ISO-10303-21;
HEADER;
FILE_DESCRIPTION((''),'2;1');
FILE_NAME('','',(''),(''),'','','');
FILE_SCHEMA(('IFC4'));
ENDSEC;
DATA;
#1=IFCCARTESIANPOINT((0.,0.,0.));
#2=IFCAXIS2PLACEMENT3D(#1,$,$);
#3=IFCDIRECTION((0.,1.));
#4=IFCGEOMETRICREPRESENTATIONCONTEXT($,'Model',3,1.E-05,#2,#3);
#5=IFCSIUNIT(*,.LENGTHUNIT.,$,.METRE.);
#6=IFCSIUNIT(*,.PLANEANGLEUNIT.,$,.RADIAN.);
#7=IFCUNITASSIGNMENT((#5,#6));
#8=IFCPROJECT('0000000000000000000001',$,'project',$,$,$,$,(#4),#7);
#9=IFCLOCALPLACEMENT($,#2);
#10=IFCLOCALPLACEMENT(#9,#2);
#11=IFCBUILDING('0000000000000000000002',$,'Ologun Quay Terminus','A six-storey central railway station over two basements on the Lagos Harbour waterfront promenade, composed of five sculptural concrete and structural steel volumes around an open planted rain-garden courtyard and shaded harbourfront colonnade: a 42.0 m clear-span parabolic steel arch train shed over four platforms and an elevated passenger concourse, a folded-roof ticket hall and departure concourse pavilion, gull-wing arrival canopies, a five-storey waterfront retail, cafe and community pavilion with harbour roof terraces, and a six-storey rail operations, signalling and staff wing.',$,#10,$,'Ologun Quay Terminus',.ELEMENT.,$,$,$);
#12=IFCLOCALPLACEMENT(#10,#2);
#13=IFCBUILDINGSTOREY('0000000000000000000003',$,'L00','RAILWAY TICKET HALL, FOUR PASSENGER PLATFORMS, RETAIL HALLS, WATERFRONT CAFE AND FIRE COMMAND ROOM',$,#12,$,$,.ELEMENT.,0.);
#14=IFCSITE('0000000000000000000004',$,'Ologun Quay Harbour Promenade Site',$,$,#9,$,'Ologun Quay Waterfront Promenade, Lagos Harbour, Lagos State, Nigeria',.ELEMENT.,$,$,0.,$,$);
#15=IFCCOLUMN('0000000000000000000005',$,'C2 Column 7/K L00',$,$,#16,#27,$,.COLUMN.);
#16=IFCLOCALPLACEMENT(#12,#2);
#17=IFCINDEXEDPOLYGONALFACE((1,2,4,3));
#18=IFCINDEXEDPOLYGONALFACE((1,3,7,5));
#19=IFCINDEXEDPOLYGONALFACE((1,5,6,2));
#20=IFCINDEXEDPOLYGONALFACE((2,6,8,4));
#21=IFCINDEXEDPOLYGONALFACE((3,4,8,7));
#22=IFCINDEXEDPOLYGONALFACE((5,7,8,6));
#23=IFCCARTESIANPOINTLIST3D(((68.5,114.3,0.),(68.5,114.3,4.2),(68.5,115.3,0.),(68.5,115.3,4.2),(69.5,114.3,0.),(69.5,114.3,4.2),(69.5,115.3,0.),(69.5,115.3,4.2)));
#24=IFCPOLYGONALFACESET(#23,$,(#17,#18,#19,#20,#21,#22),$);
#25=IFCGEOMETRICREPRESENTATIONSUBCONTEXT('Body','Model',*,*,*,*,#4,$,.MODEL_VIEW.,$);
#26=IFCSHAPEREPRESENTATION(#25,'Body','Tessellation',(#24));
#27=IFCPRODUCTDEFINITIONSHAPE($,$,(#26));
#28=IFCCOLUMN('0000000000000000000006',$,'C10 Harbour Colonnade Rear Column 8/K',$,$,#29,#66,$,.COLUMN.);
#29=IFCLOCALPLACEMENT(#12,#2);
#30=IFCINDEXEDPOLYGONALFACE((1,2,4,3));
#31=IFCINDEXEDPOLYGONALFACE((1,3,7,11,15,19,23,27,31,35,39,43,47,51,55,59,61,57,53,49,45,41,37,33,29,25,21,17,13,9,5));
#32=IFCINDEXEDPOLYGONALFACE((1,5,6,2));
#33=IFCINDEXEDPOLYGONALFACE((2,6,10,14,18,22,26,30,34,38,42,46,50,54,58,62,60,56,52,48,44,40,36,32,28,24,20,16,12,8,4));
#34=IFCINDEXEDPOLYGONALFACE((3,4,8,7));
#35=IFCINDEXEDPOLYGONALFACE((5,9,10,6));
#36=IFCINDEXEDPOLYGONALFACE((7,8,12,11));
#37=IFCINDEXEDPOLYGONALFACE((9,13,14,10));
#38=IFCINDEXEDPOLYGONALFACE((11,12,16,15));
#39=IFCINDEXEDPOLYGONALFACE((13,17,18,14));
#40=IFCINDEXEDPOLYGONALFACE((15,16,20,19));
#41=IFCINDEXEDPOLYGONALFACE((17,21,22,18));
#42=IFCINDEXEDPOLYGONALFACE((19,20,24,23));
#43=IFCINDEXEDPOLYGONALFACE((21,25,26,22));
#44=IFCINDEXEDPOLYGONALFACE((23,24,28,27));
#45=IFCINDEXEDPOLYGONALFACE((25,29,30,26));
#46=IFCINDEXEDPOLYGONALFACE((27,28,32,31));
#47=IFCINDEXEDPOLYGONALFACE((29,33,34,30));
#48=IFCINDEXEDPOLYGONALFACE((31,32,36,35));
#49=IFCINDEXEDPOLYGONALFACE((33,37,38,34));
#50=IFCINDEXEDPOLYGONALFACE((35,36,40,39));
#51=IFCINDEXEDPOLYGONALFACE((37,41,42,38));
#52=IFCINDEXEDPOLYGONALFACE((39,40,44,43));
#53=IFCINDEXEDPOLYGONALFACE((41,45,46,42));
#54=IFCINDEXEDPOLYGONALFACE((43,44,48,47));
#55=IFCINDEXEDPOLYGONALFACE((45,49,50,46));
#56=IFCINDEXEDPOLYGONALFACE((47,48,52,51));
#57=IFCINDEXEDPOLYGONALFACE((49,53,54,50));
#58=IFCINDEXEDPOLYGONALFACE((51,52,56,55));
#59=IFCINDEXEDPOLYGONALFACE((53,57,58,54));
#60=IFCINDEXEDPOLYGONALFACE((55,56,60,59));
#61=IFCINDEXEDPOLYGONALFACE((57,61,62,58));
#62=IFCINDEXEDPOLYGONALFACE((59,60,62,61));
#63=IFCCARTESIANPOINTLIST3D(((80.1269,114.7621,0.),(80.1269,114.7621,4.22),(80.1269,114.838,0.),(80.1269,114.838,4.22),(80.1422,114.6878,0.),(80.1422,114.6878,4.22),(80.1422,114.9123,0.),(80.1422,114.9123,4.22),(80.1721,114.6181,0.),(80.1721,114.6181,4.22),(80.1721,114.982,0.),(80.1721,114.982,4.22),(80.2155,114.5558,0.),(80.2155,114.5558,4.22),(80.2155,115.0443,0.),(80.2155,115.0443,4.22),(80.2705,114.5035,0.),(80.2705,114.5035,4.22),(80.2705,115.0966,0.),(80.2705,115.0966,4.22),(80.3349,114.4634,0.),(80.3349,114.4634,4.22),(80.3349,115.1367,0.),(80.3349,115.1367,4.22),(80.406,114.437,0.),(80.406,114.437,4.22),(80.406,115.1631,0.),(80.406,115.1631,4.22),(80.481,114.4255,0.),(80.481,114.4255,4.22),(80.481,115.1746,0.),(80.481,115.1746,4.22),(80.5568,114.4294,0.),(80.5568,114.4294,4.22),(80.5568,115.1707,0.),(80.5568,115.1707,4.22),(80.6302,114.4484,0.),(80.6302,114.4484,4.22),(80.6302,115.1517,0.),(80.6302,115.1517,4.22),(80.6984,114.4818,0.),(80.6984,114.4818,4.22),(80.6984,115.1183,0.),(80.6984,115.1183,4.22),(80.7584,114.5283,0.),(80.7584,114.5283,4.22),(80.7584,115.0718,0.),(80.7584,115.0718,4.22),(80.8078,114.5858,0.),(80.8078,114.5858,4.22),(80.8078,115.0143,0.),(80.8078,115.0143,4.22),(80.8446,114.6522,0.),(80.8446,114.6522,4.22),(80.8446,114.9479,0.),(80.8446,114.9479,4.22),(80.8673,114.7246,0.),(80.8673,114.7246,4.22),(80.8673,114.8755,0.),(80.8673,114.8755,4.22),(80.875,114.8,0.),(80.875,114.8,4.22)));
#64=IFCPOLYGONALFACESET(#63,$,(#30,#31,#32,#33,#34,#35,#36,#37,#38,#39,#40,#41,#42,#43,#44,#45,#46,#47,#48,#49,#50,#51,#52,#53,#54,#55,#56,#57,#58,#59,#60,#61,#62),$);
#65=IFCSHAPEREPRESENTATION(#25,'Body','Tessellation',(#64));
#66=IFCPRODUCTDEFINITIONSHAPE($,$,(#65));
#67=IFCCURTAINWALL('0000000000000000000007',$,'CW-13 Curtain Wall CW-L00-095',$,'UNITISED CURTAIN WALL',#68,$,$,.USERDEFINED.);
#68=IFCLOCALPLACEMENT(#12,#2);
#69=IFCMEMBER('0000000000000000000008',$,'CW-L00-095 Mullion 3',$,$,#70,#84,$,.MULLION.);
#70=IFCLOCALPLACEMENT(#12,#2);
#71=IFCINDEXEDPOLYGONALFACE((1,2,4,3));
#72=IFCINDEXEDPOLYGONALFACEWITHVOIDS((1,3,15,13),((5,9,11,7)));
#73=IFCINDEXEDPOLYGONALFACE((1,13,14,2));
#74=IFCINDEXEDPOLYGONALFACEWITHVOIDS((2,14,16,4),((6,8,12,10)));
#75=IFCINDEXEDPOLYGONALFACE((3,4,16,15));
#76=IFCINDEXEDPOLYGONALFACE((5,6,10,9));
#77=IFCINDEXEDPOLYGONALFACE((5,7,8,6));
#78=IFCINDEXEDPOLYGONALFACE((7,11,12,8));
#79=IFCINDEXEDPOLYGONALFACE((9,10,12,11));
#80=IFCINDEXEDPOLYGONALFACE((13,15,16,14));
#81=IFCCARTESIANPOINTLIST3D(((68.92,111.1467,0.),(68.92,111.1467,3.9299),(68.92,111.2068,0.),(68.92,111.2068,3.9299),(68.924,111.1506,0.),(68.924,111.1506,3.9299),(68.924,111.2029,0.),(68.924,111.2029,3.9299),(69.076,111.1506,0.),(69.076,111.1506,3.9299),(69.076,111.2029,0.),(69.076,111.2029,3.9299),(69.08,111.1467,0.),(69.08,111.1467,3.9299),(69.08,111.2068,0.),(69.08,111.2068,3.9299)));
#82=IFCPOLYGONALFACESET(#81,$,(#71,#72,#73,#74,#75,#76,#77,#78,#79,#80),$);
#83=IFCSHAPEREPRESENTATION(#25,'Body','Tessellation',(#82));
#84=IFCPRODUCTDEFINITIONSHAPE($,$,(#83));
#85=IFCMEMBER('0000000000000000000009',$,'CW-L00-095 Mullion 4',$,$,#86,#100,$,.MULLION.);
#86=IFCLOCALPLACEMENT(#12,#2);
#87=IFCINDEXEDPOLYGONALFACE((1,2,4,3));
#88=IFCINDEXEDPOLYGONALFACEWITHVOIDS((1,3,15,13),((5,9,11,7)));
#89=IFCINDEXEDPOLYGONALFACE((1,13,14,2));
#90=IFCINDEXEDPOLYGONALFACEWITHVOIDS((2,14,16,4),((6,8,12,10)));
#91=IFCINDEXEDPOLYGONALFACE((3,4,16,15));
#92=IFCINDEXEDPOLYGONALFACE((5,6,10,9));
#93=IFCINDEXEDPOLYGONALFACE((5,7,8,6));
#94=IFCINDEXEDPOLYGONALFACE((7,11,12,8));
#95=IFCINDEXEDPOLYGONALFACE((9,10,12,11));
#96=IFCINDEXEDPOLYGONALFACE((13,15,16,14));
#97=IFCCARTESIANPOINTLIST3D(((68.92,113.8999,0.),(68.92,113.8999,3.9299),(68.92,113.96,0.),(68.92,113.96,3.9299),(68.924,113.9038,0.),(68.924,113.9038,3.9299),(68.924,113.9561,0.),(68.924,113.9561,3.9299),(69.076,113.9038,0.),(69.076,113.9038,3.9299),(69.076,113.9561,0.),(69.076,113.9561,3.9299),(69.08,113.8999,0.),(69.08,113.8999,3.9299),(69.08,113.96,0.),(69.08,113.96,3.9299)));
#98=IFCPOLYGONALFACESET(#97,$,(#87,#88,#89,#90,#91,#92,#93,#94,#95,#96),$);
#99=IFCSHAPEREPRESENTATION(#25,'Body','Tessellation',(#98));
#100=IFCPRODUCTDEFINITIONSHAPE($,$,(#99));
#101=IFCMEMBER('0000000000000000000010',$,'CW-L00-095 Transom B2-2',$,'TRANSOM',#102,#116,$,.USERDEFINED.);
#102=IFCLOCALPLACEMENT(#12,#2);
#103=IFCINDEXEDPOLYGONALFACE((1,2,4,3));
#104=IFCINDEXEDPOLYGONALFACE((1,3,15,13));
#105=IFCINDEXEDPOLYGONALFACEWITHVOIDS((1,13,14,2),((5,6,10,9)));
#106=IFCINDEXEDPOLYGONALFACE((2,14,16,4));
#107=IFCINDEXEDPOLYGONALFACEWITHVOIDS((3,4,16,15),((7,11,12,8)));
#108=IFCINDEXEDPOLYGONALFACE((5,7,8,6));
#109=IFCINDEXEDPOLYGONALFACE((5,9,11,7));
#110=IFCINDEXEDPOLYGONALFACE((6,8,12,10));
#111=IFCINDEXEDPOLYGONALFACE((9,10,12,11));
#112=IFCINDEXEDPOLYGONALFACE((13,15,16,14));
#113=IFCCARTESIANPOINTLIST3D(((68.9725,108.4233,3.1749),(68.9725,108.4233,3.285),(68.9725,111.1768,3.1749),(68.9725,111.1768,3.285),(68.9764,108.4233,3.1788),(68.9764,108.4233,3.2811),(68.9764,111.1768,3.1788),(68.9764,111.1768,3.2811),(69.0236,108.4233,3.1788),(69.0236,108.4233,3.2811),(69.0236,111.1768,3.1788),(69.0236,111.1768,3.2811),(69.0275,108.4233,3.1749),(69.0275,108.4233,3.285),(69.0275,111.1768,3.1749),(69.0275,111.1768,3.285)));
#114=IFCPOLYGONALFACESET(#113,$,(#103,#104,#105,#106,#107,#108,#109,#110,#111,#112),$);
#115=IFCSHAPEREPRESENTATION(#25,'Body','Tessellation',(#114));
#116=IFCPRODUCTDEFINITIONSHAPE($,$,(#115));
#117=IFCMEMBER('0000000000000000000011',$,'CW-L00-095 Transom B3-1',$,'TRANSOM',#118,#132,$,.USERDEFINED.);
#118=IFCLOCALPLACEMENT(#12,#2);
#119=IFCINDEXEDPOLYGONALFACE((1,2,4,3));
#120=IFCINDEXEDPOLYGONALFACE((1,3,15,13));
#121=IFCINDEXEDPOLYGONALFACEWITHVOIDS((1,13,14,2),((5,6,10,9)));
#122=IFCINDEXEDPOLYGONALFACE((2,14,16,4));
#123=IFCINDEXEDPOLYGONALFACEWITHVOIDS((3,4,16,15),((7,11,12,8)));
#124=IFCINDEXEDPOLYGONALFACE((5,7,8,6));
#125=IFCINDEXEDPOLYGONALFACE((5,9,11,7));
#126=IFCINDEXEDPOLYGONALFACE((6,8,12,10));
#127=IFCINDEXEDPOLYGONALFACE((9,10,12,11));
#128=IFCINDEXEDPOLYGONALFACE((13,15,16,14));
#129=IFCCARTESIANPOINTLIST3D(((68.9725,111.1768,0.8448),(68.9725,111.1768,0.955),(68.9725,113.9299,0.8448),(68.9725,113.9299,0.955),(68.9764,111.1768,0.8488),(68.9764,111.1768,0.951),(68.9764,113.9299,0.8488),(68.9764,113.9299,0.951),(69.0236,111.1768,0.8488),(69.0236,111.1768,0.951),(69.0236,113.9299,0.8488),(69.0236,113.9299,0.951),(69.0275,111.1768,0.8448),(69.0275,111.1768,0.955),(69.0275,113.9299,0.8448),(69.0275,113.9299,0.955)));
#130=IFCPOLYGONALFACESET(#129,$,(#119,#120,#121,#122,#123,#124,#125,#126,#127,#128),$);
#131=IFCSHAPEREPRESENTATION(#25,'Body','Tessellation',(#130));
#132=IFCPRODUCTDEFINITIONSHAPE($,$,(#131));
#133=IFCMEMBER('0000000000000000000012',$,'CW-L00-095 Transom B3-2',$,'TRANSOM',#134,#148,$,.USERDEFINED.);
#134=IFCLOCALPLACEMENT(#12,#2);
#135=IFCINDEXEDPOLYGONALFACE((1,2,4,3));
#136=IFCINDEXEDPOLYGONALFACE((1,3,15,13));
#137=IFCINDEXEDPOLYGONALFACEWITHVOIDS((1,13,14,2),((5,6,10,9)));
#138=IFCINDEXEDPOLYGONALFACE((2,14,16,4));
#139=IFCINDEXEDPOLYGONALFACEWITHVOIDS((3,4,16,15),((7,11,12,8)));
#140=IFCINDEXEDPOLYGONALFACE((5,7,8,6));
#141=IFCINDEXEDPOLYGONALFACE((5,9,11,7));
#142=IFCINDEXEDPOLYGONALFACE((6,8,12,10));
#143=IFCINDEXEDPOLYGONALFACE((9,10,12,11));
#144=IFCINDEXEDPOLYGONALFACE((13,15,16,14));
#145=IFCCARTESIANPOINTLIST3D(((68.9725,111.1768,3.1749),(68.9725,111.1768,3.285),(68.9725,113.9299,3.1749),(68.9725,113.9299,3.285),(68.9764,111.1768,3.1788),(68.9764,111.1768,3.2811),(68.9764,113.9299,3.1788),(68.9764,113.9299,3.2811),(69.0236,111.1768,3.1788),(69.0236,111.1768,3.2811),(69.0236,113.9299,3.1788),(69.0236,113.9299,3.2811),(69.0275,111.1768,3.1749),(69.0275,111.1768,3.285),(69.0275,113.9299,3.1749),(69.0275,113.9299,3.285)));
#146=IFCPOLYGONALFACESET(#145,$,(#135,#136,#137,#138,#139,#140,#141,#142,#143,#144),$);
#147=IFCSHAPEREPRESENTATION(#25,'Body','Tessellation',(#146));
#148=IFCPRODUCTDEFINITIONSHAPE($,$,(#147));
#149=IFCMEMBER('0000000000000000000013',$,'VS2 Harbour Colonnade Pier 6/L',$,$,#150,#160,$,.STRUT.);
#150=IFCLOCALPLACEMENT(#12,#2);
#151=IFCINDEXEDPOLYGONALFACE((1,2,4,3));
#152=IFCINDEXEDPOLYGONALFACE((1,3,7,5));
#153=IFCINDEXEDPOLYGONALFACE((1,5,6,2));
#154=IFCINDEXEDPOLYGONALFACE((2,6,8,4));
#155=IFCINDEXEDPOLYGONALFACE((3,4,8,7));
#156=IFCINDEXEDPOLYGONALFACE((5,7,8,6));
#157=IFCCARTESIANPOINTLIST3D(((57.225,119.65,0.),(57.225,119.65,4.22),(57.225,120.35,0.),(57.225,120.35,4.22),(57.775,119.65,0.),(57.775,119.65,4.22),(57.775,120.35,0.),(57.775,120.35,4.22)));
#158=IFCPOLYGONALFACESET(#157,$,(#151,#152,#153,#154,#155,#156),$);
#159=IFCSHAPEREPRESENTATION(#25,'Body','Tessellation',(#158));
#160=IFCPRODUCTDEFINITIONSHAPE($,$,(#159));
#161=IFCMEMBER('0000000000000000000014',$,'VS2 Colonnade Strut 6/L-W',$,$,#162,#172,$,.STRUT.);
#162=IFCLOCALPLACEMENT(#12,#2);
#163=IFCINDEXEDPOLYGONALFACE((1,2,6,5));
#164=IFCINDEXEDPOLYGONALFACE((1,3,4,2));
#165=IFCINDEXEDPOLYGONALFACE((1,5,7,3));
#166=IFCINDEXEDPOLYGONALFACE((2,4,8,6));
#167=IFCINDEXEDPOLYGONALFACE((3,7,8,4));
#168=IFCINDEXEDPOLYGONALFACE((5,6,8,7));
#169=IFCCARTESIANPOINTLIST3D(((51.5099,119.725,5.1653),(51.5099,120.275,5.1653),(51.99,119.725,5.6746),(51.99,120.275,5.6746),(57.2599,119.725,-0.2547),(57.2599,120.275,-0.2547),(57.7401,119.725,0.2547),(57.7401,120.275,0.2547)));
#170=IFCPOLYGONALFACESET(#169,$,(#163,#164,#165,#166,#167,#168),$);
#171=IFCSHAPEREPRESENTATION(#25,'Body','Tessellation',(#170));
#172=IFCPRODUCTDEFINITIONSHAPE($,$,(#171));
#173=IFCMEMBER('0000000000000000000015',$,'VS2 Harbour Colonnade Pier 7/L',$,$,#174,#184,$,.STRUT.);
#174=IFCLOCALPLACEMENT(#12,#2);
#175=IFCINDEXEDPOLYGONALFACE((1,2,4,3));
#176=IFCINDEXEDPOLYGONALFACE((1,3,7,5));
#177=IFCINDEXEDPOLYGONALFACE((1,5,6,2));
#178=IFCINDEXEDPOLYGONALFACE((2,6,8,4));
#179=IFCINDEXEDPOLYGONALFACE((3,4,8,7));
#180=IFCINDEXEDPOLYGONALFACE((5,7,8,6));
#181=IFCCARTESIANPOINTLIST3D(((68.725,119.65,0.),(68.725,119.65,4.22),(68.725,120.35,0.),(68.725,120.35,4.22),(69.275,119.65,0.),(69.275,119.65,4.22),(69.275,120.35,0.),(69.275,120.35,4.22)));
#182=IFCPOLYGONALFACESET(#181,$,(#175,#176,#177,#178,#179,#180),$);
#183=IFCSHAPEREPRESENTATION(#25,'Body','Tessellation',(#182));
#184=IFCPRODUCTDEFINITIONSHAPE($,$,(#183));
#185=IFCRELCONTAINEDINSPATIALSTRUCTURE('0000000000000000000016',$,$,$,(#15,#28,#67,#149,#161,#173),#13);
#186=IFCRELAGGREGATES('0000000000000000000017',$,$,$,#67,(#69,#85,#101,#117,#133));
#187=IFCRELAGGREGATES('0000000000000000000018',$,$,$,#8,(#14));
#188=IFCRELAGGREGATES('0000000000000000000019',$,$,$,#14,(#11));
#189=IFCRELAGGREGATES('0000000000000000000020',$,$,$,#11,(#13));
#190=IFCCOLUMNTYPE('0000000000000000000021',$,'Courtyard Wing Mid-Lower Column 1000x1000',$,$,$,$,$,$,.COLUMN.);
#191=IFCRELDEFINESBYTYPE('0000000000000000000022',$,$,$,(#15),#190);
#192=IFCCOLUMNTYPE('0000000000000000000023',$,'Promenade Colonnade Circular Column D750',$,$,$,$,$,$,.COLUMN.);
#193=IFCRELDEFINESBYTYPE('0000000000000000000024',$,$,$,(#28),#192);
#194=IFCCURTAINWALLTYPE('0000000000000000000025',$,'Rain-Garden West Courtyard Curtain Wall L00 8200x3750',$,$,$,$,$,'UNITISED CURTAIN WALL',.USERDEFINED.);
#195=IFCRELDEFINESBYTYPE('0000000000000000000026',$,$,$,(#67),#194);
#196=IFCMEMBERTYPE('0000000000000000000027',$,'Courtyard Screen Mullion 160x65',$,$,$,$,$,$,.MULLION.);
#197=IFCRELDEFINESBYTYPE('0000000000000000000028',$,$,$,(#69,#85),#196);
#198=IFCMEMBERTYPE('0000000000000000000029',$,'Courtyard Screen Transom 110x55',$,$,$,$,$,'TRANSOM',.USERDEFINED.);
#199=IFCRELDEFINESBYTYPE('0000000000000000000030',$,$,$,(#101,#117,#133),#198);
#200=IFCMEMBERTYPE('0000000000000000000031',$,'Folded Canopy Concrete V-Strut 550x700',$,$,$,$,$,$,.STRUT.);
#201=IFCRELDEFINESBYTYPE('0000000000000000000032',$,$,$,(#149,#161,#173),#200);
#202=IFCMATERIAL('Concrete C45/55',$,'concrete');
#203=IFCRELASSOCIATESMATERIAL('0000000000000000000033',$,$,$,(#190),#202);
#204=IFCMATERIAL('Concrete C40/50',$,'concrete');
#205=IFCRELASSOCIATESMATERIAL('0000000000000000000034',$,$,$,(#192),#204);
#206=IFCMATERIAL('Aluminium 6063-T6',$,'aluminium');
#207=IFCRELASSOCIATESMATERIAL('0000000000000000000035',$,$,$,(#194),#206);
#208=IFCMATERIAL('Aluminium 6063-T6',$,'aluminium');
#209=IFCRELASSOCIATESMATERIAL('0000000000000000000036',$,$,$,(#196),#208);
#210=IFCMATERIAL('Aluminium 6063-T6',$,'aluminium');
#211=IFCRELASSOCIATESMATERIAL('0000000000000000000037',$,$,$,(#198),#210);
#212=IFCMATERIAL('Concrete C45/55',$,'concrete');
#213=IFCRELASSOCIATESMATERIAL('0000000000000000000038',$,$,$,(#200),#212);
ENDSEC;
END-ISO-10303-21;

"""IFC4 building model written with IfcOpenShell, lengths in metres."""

from ifc_helpers import new_model, si_unit, direction, frame, origin, origin_2d, place, context, subcontext, project, spatial, rectangle, hollow_rectangle, circle, extrude, material, material_profile, profile_set, type_object, element, aggregate, save


model = new_model("IFC4")

# Units and contexts
model_context = context("Model", 3, precision=1e-05, world=origin(), true_north=direction((0.0, 1.0)))
body_context = subcontext(model_context, "Body", "Model", "MODEL_VIEW")
ifc_project = project(units=[si_unit("LENGTHUNIT", "METRE"), si_unit("PLANEANGLEUNIT", "RADIAN")], contexts=[model_context])

# Site, building, storey
site_placement = place(None, origin())
site = spatial("IfcSite", under=ifc_project, at=site_placement, Name="Ologun Quay Harbour Promenade Site", LongName="Ologun Quay Waterfront Promenade, Lagos Harbour, Lagos State, Nigeria", CompositionType="ELEMENT", RefElevation=0.0)
building_placement = place(site_placement, origin())
building = spatial("IfcBuilding", under=site, at=building_placement, Name="Ologun Quay Terminus", Description="A six-storey central railway station over two basements on the Lagos Harbour waterfront promenade, composed of five sculptural concrete and structural steel volumes around an open planted rain-garden courtyard and shaded harbourfront colonnade: a 42.0 m clear-span parabolic steel arch train shed over four platforms and an elevated passenger concourse, a folded-roof ticket hall and departure concourse pavilion, gull-wing arrival canopies, a five-storey waterfront retail, cafe and community pavilion with harbour roof terraces, and a six-storey rail operations, signalling and staff wing.", LongName="Ologun Quay Terminus", CompositionType="ELEMENT")
storey_placement = place(building_placement, origin())
storey = spatial("IfcBuildingStorey", under=building, at=storey_placement, Name="L00", Description="RAILWAY TICKET HALL, FOUR PASSENGER PLATFORMS, RETAIL HALLS, WATERFRONT CAFE AND FIRE COMMAND ROOM", CompositionType="ELEMENT", Elevation=0.0)

# Columns
ifc_material_1 = material(Name="Concrete C45/55", Category="concrete")
ifc_material_profile_1 = material_profile(ifc_material_1, rectangle(XDim=1.0, YDim=1.0, at=origin_2d()), Name="RC 1000x1000")
ifc_profile_set_1 = profile_set([ifc_material_profile_1], Name="Concrete C45/55")
column_type_1 = type_object("IfcColumnType", Name="Courtyard Wing Mid-Lower Column 1000x1000", PredefinedType="COLUMN", material=ifc_profile_set_1)
column_1_placement = place(storey_placement, frame((69.0, 114.8, 0.0), z_axis=(0.0, 0.0, 1.0), x_axis=(1.0, 0.0, 0.0)))
element("IfcColumn", 1, at=column_1_placement, inside=storey, type_object=column_type_1, Name="C2 Column 7/K L00", PredefinedType="COLUMN", context=body_context, shape_type="SweptSolid", body=[
    extrude(rectangle(XDim=1.0, YDim=1.0, at=origin_2d()), origin(), (0.0, 0.0, 1.0), 4.2),
])
ifc_material_2 = material(Name="Concrete C40/50", Category="concrete")
ifc_material_profile_2 = material_profile(ifc_material_2, circle(Radius=0.375, at=origin_2d()), Name="RC D750")
ifc_profile_set_2 = profile_set([ifc_material_profile_2], Name="Concrete C40/50")
column_type_2 = type_object("IfcColumnType", Name="Promenade Colonnade Circular Column D750", PredefinedType="COLUMN", material=ifc_profile_set_2)
column_2_placement = place(storey_placement, frame((80.5, 114.8, 0.0), z_axis=(0.0, 0.0, 1.0), x_axis=(1.0, 0.0, 0.0)))
element("IfcColumn", 2, at=column_2_placement, inside=storey, type_object=column_type_2, Name="C10 Harbour Colonnade Rear Column 8/K", PredefinedType="COLUMN", context=body_context, shape_type="SweptSolid", body=[
    extrude(circle(Radius=0.375, at=origin_2d()), origin(), (0.0, 0.0, 1.0), 4.22),
])

# Curtain wall, members
ifc_material_3 = material(Name="Aluminium 6063-T6", Category="aluminium")
curtain_wall_type = type_object("IfcCurtainWallType", Name="Rain-Garden West Courtyard Curtain Wall L00 8200x3750", ElementType="UNITISED CURTAIN WALL", PredefinedType="USERDEFINED", material=ifc_material_3)
curtain_wall_placement = place(storey_placement, origin())
curtain_wall = element("IfcCurtainWall", 3, at=curtain_wall_placement, inside=storey, type_object=curtain_wall_type, Name="CW-13 Curtain Wall CW-L00-095", ObjectType="UNITISED CURTAIN WALL", PredefinedType="USERDEFINED")
ifc_material_4 = material(Name="Aluminium 6063-T6", Category="aluminium")
ifc_material_profile_3 = material_profile(ifc_material_4, hollow_rectangle(XDim=0.0601, YDim=0.1599, WallThickness=0.0039, at=origin_2d()), Name="ALU 160x60x4")
ifc_profile_set_3 = profile_set([ifc_material_profile_3], Name="Aluminium 6063-T6")
member_type_1 = type_object("IfcMemberType", Name="Courtyard Screen Mullion 160x65", PredefinedType="MULLION", material=ifc_profile_set_3)
member_1_placement = place(storey_placement, frame((69.0, 111.1768, 0.0), z_axis=(0.0, 0.0, 1.0), x_axis=(0.0, 1.0, 0.0)))
member_1 = element("IfcMember", 4, at=member_1_placement, type_object=member_type_1, Name="CW-L00-095 Mullion 3", PredefinedType="MULLION", context=body_context, shape_type="SweptSolid", body=[
    extrude(hollow_rectangle(XDim=0.0601, YDim=0.1599, WallThickness=0.0039, at=origin_2d()), origin(), (0.0, 0.0, 1.0), 3.9299),
])
member_2_placement = place(storey_placement, frame((69.0, 113.9299, 0.0), z_axis=(0.0, 0.0, 1.0), x_axis=(0.0, 1.0, 0.0)))
member_2 = element("IfcMember", 5, at=member_2_placement, type_object=member_type_1, Name="CW-L00-095 Mullion 4", PredefinedType="MULLION", context=body_context, shape_type="SweptSolid", body=[
    extrude(hollow_rectangle(XDim=0.0601, YDim=0.1599, WallThickness=0.0039, at=origin_2d()), origin(), (0.0, 0.0, 1.0), 3.9299),
])
ifc_material_5 = material(Name="Aluminium 6063-T6", Category="aluminium")
ifc_material_profile_4 = material_profile(ifc_material_5, hollow_rectangle(XDim=0.0549, YDim=0.1101, WallThickness=0.0039, at=origin_2d()), Name="ALU 110x55x4")
ifc_profile_set_4 = profile_set([ifc_material_profile_4], Name="Aluminium 6063-T6")
member_type_2 = type_object("IfcMemberType", Name="Courtyard Screen Transom 110x55", ElementType="TRANSOM", PredefinedType="USERDEFINED", material=ifc_profile_set_4)
member_3_placement = place(storey_placement, frame((69.0, 108.4233, 3.23), z_axis=(0.0, 1.0, 0.0), x_axis=(-1.0, 0.0, 0.0)))
member_3 = element("IfcMember", 6, at=member_3_placement, type_object=member_type_2, Name="CW-L00-095 Transom B2-2", ObjectType="TRANSOM", PredefinedType="USERDEFINED", context=body_context, shape_type="SweptSolid", body=[
    extrude(hollow_rectangle(XDim=0.0549, YDim=0.1101, WallThickness=0.0039, at=origin_2d()), origin(), (0.0, 0.0, 1.0), 2.7534),
])
member_4_placement = place(storey_placement, frame((69.0, 111.1768, 0.8999), z_axis=(0.0, 1.0, 0.0), x_axis=(-1.0, 0.0, 0.0)))
member_4 = element("IfcMember", 7, at=member_4_placement, type_object=member_type_2, Name="CW-L00-095 Transom B3-1", ObjectType="TRANSOM", PredefinedType="USERDEFINED", context=body_context, shape_type="SweptSolid", body=[
    extrude(hollow_rectangle(XDim=0.0549, YDim=0.1101, WallThickness=0.0039, at=origin_2d()), origin(), (0.0, 0.0, 1.0), 2.7532),
])
member_5_placement = place(storey_placement, frame((69.0, 111.1768, 3.23), z_axis=(0.0, 1.0, 0.0), x_axis=(-1.0, 0.0, 0.0)))
member_5 = element("IfcMember", 8, at=member_5_placement, type_object=member_type_2, Name="CW-L00-095 Transom B3-2", ObjectType="TRANSOM", PredefinedType="USERDEFINED", context=body_context, shape_type="SweptSolid", body=[
    extrude(hollow_rectangle(XDim=0.0549, YDim=0.1101, WallThickness=0.0039, at=origin_2d()), origin(), (0.0, 0.0, 1.0), 2.7532),
])

# Members
ifc_material_6 = material(Name="Concrete C45/55", Category="concrete")
ifc_material_profile_5 = material_profile(ifc_material_6, rectangle(XDim=0.55, YDim=0.7, at=origin_2d()), Name="RC 550x700")
ifc_profile_set_5 = profile_set([ifc_material_profile_5], Name="Concrete C45/55")
member_type_3 = type_object("IfcMemberType", Name="Folded Canopy Concrete V-Strut 550x700", PredefinedType="STRUT", material=ifc_profile_set_5)
member_6_placement = place(storey_placement, frame((57.5, 120.0, 0.0), z_axis=(0.0, 0.0, 1.0), x_axis=(1.0, 0.0, 0.0)))
element("IfcMember", 9, at=member_6_placement, inside=storey, type_object=member_type_3, Name="VS2 Harbour Colonnade Pier 6/L", PredefinedType="STRUT", context=body_context, shape_type="SweptSolid", body=[
    extrude(rectangle(XDim=0.55, YDim=0.7, at=origin_2d()), origin(), (0.0, 0.0, 1.0), 4.22),
])
member_7_placement = place(storey_placement, frame((57.5, 120.0, 0.0), z_axis=(-0.727685, 0.0, 0.685912), x_axis=(0.0, -1.0, 0.0)))
element("IfcMember", 10, at=member_7_placement, inside=storey, type_object=member_type_3, Name="VS2 Colonnade Strut 6/L-W", PredefinedType="STRUT", context=body_context, shape_type="SweptSolid", body=[
    extrude(rectangle(XDim=0.55, YDim=0.7, at=origin_2d()), origin(), (0.0, 0.0, 1.0), 7.9019),
])
member_8_placement = place(storey_placement, frame((69.0, 120.0, 0.0), z_axis=(0.0, 0.0, 1.0), x_axis=(1.0, 0.0, 0.0)))
element("IfcMember", 11, at=member_8_placement, inside=storey, type_object=member_type_3, Name="VS2 Harbour Colonnade Pier 7/L", PredefinedType="STRUT", context=body_context, shape_type="SweptSolid", body=[
    extrude(rectangle(XDim=0.55, YDim=0.7, at=origin_2d()), origin(), (0.0, 0.0, 1.0), 4.22),
])

aggregate(curtain_wall, [member_1, member_2, member_3, member_4, member_5])

save(model, "model.ifc")
